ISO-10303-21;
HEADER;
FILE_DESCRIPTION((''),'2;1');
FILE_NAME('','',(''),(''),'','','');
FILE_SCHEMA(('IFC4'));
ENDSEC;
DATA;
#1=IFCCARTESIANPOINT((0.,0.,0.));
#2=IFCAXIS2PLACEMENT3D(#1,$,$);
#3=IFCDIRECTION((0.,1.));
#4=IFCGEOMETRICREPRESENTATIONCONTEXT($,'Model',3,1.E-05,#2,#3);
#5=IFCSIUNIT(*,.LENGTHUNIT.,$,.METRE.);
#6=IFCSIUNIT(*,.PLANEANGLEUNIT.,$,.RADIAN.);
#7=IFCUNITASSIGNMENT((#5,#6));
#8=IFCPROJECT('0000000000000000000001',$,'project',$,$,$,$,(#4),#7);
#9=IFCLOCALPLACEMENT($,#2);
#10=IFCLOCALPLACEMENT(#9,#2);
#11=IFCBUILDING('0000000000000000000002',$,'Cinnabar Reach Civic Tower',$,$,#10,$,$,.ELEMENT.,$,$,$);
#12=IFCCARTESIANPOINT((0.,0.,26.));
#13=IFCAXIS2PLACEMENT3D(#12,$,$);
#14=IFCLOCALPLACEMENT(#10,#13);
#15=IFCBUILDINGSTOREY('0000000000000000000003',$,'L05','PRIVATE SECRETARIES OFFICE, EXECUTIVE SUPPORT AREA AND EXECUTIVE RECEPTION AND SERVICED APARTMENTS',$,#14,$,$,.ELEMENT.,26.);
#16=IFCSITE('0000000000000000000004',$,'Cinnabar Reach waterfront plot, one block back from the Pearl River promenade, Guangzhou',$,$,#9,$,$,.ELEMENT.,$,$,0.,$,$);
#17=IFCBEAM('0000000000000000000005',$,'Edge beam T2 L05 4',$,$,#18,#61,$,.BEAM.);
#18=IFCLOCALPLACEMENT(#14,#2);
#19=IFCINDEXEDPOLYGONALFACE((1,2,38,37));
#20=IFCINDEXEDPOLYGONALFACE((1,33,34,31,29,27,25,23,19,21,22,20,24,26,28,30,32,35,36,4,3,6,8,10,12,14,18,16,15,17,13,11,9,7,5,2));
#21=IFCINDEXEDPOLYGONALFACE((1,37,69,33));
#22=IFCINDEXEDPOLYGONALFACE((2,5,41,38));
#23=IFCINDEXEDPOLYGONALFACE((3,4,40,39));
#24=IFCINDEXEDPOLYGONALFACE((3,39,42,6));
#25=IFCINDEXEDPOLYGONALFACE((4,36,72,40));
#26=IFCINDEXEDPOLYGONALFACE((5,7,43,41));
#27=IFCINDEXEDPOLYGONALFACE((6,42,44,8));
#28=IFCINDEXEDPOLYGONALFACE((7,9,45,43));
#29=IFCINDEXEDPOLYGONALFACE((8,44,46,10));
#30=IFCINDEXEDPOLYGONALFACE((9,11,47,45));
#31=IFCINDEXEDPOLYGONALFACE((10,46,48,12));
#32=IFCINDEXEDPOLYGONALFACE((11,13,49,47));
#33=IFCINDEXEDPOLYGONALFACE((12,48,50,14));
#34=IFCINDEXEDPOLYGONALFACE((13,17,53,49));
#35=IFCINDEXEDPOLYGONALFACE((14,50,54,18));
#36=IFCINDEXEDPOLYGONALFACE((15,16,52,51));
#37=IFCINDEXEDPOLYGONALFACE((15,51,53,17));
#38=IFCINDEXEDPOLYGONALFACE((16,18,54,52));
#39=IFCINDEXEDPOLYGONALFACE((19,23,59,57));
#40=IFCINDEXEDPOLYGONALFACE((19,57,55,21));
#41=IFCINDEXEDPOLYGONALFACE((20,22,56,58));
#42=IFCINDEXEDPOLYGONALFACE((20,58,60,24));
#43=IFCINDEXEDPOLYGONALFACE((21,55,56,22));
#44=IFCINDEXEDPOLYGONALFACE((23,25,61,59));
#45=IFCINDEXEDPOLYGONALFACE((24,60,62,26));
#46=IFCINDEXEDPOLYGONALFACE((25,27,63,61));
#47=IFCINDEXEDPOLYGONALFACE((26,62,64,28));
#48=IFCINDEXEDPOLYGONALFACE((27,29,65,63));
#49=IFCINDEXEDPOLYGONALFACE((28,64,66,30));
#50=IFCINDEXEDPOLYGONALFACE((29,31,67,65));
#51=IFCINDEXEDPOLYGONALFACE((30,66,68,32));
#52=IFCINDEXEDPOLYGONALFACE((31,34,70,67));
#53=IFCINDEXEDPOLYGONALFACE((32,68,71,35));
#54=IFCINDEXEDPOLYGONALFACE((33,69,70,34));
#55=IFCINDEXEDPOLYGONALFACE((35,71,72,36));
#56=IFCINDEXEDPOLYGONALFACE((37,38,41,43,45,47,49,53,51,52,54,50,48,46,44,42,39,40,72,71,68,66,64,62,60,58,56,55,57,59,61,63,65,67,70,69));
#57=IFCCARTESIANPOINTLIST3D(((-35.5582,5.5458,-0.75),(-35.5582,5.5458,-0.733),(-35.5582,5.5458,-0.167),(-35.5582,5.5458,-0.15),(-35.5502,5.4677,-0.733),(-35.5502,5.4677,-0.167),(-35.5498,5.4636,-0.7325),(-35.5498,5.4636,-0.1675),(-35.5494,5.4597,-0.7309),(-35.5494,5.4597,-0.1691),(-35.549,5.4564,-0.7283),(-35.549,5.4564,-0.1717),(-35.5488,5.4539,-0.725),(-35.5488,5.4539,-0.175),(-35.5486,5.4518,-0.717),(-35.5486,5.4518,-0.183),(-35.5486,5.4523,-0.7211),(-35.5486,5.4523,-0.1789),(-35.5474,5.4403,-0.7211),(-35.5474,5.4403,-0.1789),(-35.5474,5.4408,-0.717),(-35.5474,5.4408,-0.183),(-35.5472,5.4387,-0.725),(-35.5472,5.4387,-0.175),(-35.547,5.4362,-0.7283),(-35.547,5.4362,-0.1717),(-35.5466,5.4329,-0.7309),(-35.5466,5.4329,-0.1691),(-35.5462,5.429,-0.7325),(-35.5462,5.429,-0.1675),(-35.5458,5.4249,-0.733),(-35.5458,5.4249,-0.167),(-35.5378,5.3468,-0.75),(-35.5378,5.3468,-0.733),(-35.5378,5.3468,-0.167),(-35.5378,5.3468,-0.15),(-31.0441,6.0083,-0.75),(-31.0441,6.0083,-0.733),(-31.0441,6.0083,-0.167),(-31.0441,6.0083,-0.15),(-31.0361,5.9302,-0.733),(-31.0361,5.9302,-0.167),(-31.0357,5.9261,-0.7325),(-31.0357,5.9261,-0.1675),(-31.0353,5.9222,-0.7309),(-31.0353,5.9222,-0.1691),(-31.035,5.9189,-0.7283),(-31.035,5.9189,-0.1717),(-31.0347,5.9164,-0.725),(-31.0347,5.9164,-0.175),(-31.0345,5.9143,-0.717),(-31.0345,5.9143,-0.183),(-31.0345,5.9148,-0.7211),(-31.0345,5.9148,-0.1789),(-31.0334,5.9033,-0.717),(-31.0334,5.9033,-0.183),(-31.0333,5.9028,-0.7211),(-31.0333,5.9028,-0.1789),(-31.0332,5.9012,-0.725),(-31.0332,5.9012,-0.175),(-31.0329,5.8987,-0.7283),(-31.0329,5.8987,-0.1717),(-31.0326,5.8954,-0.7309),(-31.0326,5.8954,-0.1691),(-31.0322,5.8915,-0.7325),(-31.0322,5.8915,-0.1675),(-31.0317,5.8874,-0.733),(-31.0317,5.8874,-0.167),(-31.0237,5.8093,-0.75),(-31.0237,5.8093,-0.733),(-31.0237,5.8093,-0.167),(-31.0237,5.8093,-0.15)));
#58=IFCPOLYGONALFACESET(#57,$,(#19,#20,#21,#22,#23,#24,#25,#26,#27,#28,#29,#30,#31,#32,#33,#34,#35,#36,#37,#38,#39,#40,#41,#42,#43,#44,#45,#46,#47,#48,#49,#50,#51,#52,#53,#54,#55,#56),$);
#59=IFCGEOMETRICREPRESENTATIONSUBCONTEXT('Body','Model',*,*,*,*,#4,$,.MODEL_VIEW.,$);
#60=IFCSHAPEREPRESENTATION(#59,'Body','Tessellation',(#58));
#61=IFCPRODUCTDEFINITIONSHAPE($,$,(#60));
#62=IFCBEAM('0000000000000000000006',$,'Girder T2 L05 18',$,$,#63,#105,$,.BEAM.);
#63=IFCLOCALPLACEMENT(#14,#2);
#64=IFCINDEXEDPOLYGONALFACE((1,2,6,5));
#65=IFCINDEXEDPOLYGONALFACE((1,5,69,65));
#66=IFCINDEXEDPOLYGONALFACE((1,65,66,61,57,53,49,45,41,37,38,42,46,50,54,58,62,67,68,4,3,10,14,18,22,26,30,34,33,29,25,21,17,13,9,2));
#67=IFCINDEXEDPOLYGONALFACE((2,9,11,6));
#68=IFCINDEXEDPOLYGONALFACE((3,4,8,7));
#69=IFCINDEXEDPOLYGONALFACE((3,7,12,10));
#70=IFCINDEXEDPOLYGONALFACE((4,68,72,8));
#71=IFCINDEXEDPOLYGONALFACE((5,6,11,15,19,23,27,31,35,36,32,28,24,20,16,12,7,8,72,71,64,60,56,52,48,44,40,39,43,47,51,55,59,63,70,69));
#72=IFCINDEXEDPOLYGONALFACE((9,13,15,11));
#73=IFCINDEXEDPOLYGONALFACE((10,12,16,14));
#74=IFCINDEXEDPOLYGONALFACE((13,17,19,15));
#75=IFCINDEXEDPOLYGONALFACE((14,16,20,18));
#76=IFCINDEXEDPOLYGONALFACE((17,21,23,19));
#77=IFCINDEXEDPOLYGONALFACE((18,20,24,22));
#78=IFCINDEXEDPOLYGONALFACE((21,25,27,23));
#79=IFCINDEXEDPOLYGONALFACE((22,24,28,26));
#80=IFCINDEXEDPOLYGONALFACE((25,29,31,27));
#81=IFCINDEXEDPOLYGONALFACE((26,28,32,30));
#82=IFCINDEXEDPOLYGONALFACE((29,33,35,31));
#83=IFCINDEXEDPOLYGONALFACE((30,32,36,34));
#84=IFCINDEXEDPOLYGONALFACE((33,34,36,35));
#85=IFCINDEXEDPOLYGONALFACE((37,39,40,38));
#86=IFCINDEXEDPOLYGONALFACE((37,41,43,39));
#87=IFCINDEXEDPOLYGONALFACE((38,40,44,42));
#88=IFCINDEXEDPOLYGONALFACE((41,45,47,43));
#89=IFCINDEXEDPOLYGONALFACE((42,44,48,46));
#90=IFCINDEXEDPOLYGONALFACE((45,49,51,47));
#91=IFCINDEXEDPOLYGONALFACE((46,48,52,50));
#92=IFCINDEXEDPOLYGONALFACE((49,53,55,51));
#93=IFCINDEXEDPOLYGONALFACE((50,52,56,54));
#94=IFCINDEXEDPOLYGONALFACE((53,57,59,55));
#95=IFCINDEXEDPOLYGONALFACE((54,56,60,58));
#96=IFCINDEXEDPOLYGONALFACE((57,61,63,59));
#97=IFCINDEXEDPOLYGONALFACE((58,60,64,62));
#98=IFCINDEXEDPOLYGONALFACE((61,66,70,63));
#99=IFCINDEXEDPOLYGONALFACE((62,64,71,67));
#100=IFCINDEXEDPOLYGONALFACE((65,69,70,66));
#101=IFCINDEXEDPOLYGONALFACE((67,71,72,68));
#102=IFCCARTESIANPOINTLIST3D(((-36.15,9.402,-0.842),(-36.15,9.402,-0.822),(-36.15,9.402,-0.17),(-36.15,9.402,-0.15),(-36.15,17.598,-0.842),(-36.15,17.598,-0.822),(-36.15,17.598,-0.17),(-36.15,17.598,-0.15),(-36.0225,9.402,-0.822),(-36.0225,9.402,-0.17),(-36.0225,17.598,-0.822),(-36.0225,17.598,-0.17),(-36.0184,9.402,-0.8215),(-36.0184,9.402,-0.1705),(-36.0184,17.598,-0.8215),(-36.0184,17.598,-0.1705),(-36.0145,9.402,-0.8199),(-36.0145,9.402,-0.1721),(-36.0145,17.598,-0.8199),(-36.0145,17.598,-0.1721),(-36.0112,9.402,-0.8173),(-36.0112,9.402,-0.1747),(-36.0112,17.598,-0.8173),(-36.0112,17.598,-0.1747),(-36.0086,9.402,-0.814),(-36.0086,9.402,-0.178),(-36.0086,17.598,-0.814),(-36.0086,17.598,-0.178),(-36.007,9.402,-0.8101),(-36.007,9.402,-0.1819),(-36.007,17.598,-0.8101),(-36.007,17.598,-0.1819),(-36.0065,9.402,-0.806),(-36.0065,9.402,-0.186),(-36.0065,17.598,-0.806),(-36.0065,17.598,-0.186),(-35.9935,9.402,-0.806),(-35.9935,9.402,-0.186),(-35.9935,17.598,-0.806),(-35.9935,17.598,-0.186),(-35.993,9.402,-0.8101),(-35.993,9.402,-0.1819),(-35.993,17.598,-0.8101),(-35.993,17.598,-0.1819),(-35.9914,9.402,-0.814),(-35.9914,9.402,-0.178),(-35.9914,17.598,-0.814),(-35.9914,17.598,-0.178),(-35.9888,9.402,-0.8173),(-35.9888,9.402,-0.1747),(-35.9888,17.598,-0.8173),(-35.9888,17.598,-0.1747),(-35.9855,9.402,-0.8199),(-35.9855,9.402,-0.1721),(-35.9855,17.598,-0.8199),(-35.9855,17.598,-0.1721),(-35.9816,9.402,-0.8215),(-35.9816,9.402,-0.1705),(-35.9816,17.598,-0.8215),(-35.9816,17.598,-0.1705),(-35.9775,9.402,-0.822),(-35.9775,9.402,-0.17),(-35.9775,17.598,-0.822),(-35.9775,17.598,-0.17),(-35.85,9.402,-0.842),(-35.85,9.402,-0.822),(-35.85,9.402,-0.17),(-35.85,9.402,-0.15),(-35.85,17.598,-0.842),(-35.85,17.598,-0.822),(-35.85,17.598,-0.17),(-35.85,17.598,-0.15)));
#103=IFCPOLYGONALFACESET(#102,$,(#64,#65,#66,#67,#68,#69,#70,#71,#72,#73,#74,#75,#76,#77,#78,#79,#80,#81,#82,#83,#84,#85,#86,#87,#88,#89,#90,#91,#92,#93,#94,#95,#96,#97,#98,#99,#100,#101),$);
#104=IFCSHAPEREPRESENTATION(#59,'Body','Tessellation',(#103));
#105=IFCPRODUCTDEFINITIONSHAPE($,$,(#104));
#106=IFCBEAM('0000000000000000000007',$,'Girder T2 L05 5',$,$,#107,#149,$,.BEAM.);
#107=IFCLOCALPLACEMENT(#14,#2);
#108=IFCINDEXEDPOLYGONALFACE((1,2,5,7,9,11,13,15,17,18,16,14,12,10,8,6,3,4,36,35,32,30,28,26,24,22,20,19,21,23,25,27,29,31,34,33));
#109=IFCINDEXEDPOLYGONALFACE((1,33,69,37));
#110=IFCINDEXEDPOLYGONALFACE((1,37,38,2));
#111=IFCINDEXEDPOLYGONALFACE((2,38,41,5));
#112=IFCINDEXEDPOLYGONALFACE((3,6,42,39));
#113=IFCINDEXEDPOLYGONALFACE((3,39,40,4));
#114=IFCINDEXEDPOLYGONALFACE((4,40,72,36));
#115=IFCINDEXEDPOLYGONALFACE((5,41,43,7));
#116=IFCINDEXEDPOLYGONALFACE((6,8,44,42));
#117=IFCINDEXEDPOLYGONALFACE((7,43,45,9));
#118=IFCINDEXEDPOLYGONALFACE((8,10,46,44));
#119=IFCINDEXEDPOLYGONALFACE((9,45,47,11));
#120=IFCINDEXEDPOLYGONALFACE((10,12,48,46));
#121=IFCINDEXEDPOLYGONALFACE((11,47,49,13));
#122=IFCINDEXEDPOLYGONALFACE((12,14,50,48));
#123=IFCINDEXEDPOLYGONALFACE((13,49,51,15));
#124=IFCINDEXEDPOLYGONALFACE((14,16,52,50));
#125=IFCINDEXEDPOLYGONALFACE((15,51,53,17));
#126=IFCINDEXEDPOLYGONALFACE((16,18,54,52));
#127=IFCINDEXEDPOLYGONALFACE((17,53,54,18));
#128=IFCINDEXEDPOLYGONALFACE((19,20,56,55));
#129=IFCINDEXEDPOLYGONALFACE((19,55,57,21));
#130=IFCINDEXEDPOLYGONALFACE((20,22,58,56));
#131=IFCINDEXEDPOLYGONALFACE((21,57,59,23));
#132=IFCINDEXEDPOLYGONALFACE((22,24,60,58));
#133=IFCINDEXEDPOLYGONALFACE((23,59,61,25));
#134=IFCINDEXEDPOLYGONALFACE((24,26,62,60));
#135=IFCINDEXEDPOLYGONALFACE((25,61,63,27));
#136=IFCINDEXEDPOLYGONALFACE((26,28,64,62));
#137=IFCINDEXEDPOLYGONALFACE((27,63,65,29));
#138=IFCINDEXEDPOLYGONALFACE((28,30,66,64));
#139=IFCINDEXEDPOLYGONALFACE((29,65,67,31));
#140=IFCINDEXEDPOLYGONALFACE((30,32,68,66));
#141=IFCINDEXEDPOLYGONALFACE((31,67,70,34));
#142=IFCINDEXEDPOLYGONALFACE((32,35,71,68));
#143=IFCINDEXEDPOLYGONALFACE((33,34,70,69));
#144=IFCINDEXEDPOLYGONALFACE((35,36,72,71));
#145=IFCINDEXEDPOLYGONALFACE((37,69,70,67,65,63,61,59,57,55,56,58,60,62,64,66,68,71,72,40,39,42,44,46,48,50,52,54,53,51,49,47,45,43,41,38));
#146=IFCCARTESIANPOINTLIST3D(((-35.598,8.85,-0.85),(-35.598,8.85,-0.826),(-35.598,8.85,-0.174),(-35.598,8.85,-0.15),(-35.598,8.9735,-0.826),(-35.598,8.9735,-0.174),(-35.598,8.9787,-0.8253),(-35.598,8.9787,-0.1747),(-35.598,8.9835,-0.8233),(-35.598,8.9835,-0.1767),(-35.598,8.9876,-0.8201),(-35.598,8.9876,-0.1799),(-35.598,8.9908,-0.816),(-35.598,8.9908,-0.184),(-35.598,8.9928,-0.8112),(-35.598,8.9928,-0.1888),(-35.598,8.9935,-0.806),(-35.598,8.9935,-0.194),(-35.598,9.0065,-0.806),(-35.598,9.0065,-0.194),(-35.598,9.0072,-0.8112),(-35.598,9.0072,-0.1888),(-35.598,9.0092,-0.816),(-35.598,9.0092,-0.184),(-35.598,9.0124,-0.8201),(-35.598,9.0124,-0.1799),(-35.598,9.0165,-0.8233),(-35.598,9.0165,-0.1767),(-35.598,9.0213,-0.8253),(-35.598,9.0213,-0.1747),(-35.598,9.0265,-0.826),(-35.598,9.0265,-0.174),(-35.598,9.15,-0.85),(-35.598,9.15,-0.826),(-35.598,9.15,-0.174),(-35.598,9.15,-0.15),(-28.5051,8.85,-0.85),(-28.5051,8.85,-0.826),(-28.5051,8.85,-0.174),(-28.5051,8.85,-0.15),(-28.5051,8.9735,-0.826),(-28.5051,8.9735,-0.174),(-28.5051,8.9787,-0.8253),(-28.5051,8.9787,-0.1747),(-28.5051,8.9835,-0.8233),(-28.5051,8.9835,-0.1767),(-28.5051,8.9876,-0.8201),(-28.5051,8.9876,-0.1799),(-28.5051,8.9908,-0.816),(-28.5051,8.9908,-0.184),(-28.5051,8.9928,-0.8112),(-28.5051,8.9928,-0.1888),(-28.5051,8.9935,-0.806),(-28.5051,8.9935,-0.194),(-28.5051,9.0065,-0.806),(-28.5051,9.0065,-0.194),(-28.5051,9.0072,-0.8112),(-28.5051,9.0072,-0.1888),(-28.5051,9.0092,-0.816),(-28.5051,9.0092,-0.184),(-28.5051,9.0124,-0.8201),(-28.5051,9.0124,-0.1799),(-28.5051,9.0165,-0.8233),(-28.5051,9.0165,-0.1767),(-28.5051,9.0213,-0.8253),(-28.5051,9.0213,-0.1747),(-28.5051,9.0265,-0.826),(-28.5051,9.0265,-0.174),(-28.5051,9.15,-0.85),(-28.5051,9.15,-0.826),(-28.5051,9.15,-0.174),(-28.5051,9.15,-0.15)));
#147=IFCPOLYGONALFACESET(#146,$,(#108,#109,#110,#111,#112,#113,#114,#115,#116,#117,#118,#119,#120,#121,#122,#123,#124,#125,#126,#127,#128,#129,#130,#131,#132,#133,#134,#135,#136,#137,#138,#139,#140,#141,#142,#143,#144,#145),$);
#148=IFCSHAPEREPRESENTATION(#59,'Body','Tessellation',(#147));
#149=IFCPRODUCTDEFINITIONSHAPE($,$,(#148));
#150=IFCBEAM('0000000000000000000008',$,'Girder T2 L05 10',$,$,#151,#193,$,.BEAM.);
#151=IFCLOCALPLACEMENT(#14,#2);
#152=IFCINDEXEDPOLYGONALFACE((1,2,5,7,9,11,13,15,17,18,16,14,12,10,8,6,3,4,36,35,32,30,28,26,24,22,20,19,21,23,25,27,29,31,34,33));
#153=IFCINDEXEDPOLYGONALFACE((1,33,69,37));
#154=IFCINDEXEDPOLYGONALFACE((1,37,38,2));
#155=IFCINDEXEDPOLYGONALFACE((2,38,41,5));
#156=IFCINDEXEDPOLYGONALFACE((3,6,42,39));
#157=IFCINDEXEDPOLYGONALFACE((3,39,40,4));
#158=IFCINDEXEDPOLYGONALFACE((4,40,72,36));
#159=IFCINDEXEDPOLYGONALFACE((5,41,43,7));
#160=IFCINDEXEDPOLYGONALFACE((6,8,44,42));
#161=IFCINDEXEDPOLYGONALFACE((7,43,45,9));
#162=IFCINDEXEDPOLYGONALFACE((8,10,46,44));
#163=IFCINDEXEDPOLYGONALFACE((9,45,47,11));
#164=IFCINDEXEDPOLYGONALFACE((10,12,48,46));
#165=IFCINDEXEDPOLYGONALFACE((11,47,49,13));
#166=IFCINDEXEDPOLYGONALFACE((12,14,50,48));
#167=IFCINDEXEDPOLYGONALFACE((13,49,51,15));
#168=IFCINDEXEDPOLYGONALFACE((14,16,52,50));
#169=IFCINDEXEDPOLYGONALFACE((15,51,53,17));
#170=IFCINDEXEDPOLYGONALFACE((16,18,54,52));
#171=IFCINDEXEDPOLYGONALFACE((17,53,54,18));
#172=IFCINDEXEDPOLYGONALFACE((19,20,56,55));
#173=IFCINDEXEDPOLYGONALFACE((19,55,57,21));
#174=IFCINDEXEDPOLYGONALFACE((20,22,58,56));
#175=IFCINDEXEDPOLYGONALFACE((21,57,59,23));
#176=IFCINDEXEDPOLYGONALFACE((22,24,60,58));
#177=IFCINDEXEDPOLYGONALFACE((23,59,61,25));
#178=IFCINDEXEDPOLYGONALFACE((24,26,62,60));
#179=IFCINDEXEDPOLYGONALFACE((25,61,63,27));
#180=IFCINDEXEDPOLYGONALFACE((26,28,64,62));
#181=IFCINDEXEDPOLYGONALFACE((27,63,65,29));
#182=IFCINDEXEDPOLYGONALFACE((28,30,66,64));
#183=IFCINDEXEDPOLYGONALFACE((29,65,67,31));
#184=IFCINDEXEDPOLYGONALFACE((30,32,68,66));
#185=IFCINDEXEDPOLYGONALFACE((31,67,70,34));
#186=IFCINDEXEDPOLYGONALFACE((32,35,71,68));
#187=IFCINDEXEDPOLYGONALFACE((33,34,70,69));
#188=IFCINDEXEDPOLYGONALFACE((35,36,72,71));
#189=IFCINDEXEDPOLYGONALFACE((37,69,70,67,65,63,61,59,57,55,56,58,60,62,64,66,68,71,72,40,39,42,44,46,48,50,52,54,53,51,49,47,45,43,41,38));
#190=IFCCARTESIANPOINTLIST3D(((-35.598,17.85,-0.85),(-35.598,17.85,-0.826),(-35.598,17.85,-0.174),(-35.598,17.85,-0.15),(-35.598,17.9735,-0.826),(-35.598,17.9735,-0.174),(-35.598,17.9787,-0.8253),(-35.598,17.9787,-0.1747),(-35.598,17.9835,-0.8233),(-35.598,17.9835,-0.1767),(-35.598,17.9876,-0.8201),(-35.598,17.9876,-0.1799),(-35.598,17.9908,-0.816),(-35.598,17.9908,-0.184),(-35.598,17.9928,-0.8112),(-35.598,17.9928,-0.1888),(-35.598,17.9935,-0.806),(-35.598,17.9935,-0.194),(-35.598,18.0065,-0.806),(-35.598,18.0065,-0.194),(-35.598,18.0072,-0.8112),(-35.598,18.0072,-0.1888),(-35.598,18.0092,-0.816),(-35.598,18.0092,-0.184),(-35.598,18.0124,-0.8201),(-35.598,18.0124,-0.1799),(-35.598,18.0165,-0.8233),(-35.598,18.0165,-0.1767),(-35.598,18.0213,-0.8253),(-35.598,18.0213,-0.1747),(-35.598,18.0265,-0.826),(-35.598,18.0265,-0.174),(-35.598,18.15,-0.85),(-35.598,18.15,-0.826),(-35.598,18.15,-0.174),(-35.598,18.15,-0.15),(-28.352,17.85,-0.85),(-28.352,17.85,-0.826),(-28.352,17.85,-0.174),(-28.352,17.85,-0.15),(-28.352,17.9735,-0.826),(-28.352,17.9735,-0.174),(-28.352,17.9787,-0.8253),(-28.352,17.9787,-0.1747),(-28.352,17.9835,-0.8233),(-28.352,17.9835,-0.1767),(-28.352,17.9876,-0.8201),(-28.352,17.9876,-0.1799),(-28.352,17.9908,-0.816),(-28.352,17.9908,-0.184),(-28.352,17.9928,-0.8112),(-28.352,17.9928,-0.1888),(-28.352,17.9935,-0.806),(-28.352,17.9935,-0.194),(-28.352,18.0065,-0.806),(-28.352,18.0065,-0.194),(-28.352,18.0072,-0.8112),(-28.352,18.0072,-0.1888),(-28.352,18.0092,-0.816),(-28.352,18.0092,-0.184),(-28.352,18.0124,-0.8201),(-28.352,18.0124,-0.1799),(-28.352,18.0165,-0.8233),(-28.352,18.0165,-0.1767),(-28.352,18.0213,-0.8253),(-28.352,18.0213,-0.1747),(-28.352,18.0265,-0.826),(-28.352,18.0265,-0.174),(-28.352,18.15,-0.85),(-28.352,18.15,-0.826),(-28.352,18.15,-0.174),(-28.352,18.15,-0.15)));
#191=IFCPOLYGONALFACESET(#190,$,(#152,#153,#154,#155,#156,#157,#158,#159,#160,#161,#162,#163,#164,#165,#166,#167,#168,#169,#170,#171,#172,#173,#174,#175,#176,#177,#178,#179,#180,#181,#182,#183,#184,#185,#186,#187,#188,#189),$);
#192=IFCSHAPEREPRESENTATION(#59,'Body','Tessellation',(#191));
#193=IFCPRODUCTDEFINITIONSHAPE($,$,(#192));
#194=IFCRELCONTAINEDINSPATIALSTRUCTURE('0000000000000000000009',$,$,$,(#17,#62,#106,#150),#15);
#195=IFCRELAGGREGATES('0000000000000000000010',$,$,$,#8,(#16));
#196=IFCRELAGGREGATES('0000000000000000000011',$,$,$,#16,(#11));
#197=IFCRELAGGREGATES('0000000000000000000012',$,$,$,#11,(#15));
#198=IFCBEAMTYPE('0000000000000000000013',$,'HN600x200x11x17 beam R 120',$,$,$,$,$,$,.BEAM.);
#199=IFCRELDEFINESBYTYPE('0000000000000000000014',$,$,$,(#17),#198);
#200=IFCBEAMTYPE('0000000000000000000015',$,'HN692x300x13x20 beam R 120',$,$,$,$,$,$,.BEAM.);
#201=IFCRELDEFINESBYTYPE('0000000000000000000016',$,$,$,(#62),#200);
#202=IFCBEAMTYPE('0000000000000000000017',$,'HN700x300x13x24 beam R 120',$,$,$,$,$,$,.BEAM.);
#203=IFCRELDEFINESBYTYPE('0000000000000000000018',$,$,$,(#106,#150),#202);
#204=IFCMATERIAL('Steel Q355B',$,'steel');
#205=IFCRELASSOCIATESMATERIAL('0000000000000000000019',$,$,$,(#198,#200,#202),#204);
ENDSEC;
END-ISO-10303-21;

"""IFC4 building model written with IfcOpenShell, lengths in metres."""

from ifc_helpers import new_model, si_unit, direction, frame, origin, origin_2d, place, context, subcontext, project, spatial, i_section, extrude, material, material_profile, profile_set, type_object, element, save


model = new_model("IFC4")

# Units and contexts
model_context = context("Model", 3, precision=1e-05, world=origin(), true_north=direction((0.0, 1.0)))
body_context = subcontext(model_context, "Body", "Model", "MODEL_VIEW")
ifc_project = project(units=[si_unit("LENGTHUNIT", "METRE"), si_unit("PLANEANGLEUNIT", "RADIAN")], contexts=[model_context])

# Site, building, storey
site_placement = place(None, origin())
site = spatial("IfcSite", under=ifc_project, at=site_placement, Name="Cinnabar Reach waterfront plot, one block back from the Pearl River promenade, Guangzhou", CompositionType="ELEMENT", RefElevation=0.0)
building_placement = place(site_placement, origin())
building = spatial("IfcBuilding", under=site, at=building_placement, Name="Cinnabar Reach Civic Tower", CompositionType="ELEMENT")
storey_placement = place(building_placement, frame((0.0, 0.0, 26.0)))
storey = spatial("IfcBuildingStorey", under=building, at=storey_placement, Name="L05", Description="PRIVATE SECRETARIES OFFICE, EXECUTIVE SUPPORT AREA AND EXECUTIVE RECEPTION AND SERVICED APARTMENTS", CompositionType="ELEMENT", Elevation=26.0)

# Beams
ifc_material_1 = material(Name="Steel Q355B", Category="steel")
ifc_material_profile_1 = material_profile(ifc_material_1, i_section(OverallWidth=0.2, OverallDepth=0.6, WebThickness=0.011, FlangeThickness=0.017, FilletRadius=0.016, at=origin_2d()), Name="HN600x200x11x17")
ifc_profile_set_1 = profile_set([ifc_material_profile_1], Name="Steel Q355B")
beam_type_1 = type_object("IfcBeamType", Name="HN600x200x11x17 beam R 120", PredefinedType="BEAM", material=ifc_profile_set_1)
beam_1_placement = place(storey_placement, frame((-35.548, 5.4463, -0.45), z_axis=(0.994792, 0.101923, 0.0), x_axis=(-0.101923, 0.994792, 0.0)))
element("IfcBeam", 1, at=beam_1_placement, inside=storey, type_object=beam_type_1, Name="Edge beam T2 L05 4", PredefinedType="BEAM", context=body_context, shape_type="SweptSolid", body=[
    extrude(i_section(OverallWidth=0.2, OverallDepth=0.6, WebThickness=0.011, FlangeThickness=0.017, FilletRadius=0.016, at=origin_2d()), origin(), (0.0, 0.0, 1.0), 4.5377),
])
ifc_material_profile_2 = material_profile(ifc_material_1, i_section(OverallWidth=0.3, OverallDepth=0.692, WebThickness=0.013, FlangeThickness=0.02, FilletRadius=0.016, at=origin_2d()), Name="HN692x300x13x20")
ifc_profile_set_2 = profile_set([ifc_material_profile_2], Name="Steel Q355B")
beam_type_2 = type_object("IfcBeamType", Name="HN692x300x13x20 beam R 120", PredefinedType="BEAM", material=ifc_profile_set_2)
beam_2_placement = place(storey_placement, frame((-36.0, 9.402, -0.496), z_axis=(0.0, 1.0, 0.0), x_axis=(-1.0, 0.0, 0.0)))
element("IfcBeam", 2, at=beam_2_placement, inside=storey, type_object=beam_type_2, Name="Girder T2 L05 18", PredefinedType="BEAM", context=body_context, shape_type="SweptSolid", body=[
    extrude(i_section(OverallWidth=0.3, OverallDepth=0.692, WebThickness=0.013, FlangeThickness=0.02, FilletRadius=0.016, at=origin_2d()), origin(), (0.0, 0.0, 1.0), 8.196),
])
ifc_material_profile_3 = material_profile(ifc_material_1, i_section(OverallWidth=0.3, OverallDepth=0.7, WebThickness=0.013, FlangeThickness=0.024, FilletRadius=0.02, at=origin_2d()), Name="HN700x300x13x24")
ifc_profile_set_3 = profile_set([ifc_material_profile_3], Name="Steel Q355B")
beam_type_3 = type_object("IfcBeamType", Name="HN700x300x13x24 beam R 120", PredefinedType="BEAM", material=ifc_profile_set_3)
beam_3_placement = place(storey_placement, frame((-35.598, 9.0, -0.5), z_axis=(1.0, 0.0, 0.0), x_axis=(0.0, 1.0, 0.0)))
element("IfcBeam", 3, at=beam_3_placement, inside=storey, type_object=beam_type_3, Name="Girder T2 L05 5", PredefinedType="BEAM", context=body_context, shape_type="SweptSolid", body=[
    extrude(i_section(OverallWidth=0.3, OverallDepth=0.7, WebThickness=0.013, FlangeThickness=0.024, FilletRadius=0.02, at=origin_2d()), origin(), (0.0, 0.0, 1.0), 7.0929),
])
beam_4_placement = place(storey_placement, frame((-35.598, 18.0, -0.5), z_axis=(1.0, 0.0, 0.0), x_axis=(0.0, 1.0, 0.0)))
element("IfcBeam", 4, at=beam_4_placement, inside=storey, type_object=beam_type_3, Name="Girder T2 L05 10", PredefinedType="BEAM", context=body_context, shape_type="SweptSolid", body=[
    extrude(i_section(OverallWidth=0.3, OverallDepth=0.7, WebThickness=0.013, FlangeThickness=0.024, FilletRadius=0.02, at=origin_2d()), origin(), (0.0, 0.0, 1.0), 7.246),
])

save(model, "model.ifc")
